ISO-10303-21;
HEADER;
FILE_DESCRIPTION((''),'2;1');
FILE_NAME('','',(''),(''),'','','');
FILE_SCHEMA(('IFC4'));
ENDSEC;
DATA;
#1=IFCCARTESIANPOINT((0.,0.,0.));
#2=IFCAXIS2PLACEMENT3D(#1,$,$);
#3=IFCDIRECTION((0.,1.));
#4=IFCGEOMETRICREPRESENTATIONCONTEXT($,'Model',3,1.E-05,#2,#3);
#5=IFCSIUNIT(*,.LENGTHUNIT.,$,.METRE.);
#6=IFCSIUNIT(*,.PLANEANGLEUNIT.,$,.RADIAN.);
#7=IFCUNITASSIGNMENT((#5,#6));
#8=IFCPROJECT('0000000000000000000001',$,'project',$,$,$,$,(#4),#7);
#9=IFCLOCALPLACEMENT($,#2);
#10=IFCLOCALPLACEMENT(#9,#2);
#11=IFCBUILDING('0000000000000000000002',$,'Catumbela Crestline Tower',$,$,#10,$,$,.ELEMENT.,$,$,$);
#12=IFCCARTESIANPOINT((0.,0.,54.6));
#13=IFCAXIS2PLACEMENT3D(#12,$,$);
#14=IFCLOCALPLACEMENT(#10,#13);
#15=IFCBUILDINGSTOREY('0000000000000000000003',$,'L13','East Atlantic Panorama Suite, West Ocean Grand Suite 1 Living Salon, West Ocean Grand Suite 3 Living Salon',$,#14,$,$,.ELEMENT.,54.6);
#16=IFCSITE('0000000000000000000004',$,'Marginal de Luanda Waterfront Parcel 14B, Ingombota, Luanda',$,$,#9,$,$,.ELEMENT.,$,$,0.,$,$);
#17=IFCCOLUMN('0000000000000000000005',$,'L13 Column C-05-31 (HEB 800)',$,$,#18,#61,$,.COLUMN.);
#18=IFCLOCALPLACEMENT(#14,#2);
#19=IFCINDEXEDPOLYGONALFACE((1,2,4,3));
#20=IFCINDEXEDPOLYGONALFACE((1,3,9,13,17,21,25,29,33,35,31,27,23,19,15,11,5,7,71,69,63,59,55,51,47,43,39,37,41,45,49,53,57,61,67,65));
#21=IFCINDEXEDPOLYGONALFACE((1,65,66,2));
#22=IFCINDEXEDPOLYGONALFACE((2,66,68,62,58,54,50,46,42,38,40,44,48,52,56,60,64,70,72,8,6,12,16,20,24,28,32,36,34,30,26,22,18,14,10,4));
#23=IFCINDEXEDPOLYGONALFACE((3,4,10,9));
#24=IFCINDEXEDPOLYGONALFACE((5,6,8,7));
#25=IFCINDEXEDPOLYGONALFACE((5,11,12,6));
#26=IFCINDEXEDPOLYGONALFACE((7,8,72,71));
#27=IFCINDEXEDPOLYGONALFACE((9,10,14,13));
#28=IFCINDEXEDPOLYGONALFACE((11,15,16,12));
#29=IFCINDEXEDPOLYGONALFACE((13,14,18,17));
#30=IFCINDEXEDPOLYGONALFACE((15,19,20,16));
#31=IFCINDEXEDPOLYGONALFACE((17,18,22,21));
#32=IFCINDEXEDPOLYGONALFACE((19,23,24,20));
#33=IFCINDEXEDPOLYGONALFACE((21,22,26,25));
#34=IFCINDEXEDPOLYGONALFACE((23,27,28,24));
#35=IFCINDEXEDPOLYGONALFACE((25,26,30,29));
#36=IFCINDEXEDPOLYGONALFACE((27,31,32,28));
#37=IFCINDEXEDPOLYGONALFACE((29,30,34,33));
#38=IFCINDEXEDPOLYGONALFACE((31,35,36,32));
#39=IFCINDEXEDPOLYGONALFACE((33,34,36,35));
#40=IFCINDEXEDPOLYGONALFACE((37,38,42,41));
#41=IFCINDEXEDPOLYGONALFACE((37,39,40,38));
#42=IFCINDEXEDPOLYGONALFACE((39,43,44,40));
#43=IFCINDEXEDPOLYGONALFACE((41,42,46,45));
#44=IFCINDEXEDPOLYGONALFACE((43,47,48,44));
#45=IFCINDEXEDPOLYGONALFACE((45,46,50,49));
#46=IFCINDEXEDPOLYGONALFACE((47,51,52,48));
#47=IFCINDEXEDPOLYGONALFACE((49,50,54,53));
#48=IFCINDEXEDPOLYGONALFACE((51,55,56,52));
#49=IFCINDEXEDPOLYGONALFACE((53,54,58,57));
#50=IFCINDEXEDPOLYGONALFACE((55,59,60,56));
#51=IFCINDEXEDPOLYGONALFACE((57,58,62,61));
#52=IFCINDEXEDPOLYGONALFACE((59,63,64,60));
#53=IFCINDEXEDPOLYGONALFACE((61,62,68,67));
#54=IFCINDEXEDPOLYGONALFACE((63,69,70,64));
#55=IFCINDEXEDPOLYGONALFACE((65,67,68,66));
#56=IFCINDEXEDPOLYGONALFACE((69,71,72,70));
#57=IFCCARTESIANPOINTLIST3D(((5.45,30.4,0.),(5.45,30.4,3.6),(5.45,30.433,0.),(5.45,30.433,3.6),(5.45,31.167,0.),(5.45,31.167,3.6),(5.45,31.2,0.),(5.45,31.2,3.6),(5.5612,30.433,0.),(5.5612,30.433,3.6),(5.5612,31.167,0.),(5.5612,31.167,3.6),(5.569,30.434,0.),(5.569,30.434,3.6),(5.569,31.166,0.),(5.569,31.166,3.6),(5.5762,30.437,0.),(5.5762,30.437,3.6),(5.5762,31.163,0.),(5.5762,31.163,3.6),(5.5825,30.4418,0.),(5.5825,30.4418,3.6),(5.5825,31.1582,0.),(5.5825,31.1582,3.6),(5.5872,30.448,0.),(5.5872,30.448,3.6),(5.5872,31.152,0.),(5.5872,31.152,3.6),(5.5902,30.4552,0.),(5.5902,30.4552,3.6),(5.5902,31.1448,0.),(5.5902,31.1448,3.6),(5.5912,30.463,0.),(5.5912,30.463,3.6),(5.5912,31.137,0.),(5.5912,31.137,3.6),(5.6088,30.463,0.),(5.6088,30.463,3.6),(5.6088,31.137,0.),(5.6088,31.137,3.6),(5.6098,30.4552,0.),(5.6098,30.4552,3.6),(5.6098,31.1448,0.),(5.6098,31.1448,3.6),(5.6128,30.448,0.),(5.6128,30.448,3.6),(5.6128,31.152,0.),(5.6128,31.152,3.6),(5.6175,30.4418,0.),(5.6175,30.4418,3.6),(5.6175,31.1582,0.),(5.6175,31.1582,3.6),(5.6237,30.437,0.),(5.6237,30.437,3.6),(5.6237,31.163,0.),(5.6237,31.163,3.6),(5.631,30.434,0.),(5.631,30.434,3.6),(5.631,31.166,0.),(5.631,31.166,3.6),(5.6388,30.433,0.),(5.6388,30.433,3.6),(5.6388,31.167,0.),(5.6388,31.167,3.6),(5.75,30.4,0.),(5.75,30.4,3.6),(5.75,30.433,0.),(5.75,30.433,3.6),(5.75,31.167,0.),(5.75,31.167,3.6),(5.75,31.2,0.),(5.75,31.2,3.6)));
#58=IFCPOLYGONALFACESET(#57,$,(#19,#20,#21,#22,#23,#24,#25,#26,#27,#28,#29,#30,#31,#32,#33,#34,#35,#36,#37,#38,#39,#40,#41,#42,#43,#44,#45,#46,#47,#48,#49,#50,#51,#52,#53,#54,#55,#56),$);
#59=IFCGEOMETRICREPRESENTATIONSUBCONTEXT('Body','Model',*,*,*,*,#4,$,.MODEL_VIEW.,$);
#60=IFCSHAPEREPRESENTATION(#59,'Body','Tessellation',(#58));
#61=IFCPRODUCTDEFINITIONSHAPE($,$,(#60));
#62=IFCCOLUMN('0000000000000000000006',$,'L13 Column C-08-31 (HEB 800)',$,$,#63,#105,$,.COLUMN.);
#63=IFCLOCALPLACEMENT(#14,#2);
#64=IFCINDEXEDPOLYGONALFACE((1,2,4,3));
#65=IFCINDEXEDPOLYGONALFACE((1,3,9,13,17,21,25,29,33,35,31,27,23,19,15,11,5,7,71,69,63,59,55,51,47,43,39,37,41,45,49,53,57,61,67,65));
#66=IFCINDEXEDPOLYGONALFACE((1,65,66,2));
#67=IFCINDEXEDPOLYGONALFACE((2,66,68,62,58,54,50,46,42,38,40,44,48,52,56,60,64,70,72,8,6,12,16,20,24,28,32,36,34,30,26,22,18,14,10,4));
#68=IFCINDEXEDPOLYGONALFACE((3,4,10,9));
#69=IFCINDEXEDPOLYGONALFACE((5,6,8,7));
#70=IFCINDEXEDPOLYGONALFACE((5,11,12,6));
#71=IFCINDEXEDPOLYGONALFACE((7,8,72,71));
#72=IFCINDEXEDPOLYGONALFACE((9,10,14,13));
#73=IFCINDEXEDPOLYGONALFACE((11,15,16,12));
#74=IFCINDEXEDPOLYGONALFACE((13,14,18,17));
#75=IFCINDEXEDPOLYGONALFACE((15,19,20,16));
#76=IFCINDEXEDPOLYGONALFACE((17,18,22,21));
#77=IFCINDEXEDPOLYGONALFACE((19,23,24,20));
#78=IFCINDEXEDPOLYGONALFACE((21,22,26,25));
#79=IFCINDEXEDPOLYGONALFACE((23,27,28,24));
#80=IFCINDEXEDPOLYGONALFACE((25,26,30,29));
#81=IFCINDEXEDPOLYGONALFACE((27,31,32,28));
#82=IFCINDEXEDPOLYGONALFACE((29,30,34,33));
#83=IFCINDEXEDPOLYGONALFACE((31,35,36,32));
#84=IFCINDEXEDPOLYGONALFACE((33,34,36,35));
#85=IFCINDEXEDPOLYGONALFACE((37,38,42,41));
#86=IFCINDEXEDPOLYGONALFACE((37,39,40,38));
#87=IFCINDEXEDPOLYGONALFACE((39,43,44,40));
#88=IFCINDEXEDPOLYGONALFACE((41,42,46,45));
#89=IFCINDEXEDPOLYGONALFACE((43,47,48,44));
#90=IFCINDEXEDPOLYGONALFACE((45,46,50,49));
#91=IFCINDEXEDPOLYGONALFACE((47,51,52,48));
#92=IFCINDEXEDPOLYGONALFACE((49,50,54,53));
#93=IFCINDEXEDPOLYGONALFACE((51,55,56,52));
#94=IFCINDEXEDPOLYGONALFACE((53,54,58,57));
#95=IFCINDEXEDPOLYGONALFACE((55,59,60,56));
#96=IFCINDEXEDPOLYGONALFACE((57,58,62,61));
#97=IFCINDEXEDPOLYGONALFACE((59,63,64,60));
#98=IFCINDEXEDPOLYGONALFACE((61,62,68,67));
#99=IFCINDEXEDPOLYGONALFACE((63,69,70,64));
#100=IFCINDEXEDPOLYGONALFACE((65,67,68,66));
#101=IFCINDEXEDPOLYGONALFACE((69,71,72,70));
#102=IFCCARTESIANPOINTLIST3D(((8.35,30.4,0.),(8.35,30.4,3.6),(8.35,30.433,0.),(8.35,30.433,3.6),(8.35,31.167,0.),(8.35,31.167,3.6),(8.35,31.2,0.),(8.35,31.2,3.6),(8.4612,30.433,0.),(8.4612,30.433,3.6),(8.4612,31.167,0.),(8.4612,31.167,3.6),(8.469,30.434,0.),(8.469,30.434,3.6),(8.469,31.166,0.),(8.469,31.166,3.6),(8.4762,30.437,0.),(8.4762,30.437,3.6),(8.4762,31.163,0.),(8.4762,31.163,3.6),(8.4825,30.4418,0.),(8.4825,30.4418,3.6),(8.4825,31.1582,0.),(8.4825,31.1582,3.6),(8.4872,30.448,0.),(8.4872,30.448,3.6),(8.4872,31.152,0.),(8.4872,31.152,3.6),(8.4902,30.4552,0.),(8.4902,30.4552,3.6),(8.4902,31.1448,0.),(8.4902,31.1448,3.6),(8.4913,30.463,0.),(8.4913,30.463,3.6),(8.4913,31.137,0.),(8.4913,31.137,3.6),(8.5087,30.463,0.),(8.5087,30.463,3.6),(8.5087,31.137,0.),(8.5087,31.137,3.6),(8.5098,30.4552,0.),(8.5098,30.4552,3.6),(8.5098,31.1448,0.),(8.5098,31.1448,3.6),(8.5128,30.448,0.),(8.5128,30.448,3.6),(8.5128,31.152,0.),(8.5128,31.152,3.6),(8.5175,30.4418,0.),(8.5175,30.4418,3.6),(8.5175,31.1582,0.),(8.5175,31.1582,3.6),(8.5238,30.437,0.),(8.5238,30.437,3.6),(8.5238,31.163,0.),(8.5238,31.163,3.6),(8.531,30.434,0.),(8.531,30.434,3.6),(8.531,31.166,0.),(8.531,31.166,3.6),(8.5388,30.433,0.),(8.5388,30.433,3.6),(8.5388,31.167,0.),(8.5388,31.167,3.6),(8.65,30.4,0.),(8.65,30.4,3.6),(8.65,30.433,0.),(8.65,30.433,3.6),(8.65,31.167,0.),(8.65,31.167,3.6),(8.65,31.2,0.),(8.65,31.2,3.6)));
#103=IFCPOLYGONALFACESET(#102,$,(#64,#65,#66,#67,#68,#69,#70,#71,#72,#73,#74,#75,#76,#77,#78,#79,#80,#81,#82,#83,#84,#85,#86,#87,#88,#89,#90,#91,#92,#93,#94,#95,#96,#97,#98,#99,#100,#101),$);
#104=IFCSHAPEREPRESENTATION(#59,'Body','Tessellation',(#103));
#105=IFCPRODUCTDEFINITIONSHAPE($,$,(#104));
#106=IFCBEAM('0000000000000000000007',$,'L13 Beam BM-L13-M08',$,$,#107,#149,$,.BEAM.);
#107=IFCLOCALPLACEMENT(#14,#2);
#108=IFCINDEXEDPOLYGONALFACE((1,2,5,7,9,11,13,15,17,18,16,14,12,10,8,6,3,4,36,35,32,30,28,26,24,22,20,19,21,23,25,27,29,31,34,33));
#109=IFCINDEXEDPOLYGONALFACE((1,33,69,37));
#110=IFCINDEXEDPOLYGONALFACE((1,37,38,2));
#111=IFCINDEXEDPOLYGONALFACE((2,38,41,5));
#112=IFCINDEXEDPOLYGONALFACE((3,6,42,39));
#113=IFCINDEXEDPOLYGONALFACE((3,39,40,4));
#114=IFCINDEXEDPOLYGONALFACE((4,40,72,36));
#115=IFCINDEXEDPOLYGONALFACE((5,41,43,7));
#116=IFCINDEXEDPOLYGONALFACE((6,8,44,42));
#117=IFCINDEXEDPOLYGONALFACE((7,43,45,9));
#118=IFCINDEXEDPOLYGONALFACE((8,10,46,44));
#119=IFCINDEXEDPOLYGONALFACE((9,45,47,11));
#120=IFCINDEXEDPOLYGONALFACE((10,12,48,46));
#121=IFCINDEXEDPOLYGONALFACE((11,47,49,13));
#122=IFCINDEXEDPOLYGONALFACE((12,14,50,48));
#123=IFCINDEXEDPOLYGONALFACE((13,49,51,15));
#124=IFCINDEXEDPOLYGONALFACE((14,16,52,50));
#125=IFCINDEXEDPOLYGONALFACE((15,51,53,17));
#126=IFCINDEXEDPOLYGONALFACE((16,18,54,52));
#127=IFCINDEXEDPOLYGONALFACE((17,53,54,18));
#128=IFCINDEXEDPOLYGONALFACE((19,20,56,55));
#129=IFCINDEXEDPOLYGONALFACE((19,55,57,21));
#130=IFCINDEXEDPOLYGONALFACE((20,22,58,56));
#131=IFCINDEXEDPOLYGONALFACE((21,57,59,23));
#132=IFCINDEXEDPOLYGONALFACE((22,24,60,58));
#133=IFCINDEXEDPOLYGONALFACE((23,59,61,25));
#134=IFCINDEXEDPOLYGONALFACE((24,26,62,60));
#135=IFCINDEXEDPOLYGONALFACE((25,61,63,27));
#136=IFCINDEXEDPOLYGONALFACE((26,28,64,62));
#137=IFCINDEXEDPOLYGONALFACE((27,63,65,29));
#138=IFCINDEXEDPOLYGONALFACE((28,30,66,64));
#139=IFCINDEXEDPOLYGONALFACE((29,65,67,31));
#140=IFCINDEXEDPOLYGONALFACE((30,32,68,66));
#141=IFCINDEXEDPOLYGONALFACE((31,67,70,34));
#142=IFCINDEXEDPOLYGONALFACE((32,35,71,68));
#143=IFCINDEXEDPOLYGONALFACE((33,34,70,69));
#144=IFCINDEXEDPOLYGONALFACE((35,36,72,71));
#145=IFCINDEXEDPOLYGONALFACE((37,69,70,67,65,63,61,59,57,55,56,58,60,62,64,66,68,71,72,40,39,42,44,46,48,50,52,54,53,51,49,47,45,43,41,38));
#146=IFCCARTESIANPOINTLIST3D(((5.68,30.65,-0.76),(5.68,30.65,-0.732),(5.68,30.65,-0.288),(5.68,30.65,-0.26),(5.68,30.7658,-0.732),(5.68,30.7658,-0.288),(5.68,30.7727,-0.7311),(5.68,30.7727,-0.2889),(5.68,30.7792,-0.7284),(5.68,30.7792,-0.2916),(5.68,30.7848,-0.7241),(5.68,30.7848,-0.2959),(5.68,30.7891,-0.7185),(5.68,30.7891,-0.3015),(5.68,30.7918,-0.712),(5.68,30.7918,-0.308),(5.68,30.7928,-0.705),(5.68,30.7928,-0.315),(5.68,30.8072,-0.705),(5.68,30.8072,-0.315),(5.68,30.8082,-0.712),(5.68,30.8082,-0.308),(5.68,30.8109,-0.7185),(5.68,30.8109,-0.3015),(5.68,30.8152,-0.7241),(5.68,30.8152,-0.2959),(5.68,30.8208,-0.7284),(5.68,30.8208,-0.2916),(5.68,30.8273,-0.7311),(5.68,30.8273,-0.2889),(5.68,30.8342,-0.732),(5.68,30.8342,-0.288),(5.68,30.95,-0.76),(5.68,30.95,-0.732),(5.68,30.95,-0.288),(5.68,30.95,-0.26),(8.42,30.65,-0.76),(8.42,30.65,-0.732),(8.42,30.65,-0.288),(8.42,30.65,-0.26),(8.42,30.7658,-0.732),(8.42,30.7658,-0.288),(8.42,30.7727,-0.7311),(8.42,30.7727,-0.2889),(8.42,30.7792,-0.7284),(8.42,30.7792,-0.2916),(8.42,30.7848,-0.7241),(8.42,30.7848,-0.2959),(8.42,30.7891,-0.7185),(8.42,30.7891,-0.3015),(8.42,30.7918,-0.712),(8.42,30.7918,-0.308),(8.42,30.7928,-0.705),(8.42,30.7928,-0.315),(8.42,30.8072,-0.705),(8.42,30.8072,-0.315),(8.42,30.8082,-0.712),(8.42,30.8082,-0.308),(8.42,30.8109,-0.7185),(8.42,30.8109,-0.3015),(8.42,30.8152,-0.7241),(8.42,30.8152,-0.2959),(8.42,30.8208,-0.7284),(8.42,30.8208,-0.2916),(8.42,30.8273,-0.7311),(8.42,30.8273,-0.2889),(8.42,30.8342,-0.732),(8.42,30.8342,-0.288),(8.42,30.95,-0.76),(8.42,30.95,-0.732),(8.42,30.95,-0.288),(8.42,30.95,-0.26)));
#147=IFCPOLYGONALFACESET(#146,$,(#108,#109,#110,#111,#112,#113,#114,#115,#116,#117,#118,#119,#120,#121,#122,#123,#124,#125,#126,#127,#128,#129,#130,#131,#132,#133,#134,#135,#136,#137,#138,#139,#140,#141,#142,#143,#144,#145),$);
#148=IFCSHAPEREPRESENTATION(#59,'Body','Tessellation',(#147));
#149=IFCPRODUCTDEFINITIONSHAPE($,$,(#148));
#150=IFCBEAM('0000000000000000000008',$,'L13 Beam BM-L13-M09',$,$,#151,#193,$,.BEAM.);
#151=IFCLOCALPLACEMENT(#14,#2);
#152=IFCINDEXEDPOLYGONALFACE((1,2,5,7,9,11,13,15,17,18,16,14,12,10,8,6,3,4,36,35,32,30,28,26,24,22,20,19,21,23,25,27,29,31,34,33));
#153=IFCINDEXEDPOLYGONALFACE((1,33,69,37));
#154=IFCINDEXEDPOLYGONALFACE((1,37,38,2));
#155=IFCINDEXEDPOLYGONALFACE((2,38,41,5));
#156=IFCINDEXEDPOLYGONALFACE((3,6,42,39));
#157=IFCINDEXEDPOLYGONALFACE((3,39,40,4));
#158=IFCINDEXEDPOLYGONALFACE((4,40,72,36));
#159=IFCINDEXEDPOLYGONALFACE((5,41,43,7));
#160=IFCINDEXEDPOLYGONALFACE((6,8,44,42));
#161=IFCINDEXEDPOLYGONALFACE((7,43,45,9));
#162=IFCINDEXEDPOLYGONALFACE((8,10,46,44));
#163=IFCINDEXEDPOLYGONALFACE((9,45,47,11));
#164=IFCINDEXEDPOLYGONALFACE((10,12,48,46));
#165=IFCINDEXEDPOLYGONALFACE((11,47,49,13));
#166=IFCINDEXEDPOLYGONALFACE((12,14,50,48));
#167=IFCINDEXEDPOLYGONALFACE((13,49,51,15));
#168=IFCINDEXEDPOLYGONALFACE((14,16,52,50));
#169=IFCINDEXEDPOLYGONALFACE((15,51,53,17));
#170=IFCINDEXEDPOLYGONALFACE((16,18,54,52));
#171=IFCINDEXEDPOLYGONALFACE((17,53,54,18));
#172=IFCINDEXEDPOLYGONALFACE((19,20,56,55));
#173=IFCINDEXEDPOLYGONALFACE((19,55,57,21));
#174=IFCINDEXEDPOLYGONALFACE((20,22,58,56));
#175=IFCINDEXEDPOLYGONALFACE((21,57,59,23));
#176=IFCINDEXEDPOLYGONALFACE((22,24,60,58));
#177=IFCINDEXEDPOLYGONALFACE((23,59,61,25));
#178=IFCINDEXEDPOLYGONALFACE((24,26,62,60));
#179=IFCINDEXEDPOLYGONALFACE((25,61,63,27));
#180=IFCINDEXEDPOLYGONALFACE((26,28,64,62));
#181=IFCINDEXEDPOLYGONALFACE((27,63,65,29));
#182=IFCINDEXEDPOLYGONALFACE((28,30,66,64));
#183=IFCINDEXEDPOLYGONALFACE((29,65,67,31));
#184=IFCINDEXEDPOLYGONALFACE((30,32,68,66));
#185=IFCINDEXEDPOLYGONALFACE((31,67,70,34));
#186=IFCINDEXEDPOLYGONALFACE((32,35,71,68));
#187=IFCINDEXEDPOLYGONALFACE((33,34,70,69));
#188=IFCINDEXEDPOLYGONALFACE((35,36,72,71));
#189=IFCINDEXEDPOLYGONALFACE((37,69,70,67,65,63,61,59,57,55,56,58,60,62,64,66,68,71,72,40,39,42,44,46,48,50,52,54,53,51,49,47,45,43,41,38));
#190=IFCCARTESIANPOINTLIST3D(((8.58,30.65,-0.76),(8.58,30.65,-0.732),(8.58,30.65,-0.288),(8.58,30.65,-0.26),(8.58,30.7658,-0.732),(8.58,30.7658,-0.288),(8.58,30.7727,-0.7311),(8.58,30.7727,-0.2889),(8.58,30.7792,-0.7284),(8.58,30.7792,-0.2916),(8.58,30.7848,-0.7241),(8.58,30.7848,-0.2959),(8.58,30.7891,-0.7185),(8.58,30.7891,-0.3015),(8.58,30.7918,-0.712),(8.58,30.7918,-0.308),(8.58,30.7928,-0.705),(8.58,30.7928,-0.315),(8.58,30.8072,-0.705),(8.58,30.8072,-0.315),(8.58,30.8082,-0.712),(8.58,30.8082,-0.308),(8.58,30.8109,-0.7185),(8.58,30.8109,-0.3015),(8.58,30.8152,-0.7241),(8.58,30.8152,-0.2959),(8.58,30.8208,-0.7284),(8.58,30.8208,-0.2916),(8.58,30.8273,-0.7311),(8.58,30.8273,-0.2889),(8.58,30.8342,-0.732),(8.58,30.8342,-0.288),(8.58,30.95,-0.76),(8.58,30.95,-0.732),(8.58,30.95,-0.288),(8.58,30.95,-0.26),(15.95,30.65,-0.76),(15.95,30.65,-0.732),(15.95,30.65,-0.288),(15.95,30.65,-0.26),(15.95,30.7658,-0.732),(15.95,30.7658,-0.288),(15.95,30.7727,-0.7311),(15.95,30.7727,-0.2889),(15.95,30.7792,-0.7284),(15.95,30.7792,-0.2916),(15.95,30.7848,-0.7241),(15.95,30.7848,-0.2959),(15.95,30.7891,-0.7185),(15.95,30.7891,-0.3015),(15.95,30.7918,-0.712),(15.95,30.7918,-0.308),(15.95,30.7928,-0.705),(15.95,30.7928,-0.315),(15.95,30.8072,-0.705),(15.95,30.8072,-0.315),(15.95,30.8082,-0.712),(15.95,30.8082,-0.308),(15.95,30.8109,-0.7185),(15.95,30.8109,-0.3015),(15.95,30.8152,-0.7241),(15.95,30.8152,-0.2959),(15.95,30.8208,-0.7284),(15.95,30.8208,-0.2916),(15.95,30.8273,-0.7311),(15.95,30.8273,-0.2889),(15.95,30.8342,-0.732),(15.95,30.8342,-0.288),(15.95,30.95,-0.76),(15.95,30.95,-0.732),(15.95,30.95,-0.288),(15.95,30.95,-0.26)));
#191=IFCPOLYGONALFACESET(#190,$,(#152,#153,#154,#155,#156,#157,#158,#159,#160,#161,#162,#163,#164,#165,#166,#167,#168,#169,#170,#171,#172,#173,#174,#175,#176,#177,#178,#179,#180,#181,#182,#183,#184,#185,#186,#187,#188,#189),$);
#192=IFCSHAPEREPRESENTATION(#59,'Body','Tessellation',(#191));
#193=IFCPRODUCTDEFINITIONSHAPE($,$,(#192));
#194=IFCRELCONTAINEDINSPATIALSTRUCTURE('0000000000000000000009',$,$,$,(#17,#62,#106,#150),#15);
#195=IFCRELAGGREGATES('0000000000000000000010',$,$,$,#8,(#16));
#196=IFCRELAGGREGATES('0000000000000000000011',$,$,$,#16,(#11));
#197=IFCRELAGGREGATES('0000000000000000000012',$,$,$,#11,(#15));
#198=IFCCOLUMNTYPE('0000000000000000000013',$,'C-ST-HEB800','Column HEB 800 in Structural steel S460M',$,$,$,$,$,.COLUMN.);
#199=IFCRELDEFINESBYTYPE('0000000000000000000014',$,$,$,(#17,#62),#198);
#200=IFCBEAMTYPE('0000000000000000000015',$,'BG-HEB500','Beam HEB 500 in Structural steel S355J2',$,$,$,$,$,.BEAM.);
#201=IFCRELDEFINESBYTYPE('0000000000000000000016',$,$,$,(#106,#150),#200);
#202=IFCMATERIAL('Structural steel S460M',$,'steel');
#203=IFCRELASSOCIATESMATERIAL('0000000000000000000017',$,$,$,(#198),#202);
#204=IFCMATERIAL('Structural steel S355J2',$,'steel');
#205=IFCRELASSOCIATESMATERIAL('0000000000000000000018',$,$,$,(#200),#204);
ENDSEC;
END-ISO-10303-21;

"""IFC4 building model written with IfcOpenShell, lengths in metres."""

from ifc_helpers import new_model, si_unit, direction, frame, origin, origin_2d, place, context, subcontext, project, spatial, i_section, extrude, material, material_profile, profile_set, type_object, element, save


model = new_model("IFC4")

# Units and contexts
model_context = context("Model", 3, precision=1e-05, world=origin(), true_north=direction((0.0, 1.0)))
body_context = subcontext(model_context, "Body", "Model", "MODEL_VIEW")
ifc_project = project(units=[si_unit("LENGTHUNIT", "METRE"), si_unit("PLANEANGLEUNIT", "RADIAN")], contexts=[model_context])

# Site, building, storey
site_placement = place(None, origin())
site = spatial("IfcSite", under=ifc_project, at=site_placement, Name="Marginal de Luanda Waterfront Parcel 14B, Ingombota, Luanda", CompositionType="ELEMENT", RefElevation=0.0)
building_placement = place(site_placement, origin())
building = spatial("IfcBuilding", under=site, at=building_placement, Name="Catumbela Crestline Tower", CompositionType="ELEMENT")
storey_placement = place(building_placement, frame((0.0, 0.0, 54.6)))
storey = spatial("IfcBuildingStorey", under=building, at=storey_placement, Name="L13", Description="East Atlantic Panorama Suite, West Ocean Grand Suite 1 Living Salon, West Ocean Grand Suite 3 Living Salon", CompositionType="ELEMENT", Elevation=54.6)

# Columns
ifc_material_1 = material(Name="Structural steel S460M", Category="steel")
ifc_material_profile_1 = material_profile(ifc_material_1, i_section(OverallWidth=0.3, OverallDepth=0.8, WebThickness=0.0175, FlangeThickness=0.033, FilletRadius=0.03, at=origin_2d()), Name="HEB 800")
ifc_profile_set_1 = profile_set([ifc_material_profile_1], Name="Structural steel S460M")
column_type = type_object("IfcColumnType", Name="C-ST-HEB800", Description="Column HEB 800 in Structural steel S460M", PredefinedType="COLUMN", material=ifc_profile_set_1)
for number, where, z_axis, x_axis, name in (
    (1, (5.6, 30.8, 0.0), (0.0, 0.0, 1.0), (1.0, 0.0, 0.0), "L13 Column C-05-31 (HEB 800)"),
    (2, (8.5, 30.8, 0.0), (0.0, 0.0, 1.0), (1.0, 0.0, 0.0), "L13 Column C-08-31 (HEB 800)"),
):
    element("IfcColumn", number, at=place(storey_placement, frame(where, z_axis=z_axis, x_axis=x_axis)), inside=storey, type_object=column_type, Name=name, PredefinedType="COLUMN", context=body_context, shape_type="SweptSolid", body=[
        extrude(i_section(OverallWidth=0.3, OverallDepth=0.8, WebThickness=0.0175, FlangeThickness=0.033, FilletRadius=0.03, at=origin_2d()), origin(), (0.0, 0.0, 1.0), 3.6),
    ])

# Beams
ifc_material_2 = material(Name="Structural steel S355J2", Category="steel")
ifc_material_profile_2 = material_profile(ifc_material_2, i_section(OverallWidth=0.3, OverallDepth=0.5, WebThickness=0.0145, FlangeThickness=0.028, FilletRadius=0.027, at=origin_2d()), Name="HEB 500")
ifc_profile_set_2 = profile_set([ifc_material_profile_2], Name="Structural steel S355J2")
beam_type = type_object("IfcBeamType", Name="BG-HEB500", Description="Beam HEB 500 in Structural steel S355J2", PredefinedType="BEAM", material=ifc_profile_set_2)
beam_1_placement = place(storey_placement, frame((5.68, 30.8, -0.51), z_axis=(1.0, 0.0, 0.0), x_axis=(0.0, 1.0, 0.0)))
element("IfcBeam", 3, at=beam_1_placement, inside=storey, type_object=beam_type, Name="L13 Beam BM-L13-M08", PredefinedType="BEAM", context=body_context, shape_type="SweptSolid", body=[
    extrude(i_section(OverallWidth=0.3, OverallDepth=0.5, WebThickness=0.0145, FlangeThickness=0.028, FilletRadius=0.027, at=origin_2d()), origin(), (0.0, 0.0, 1.0), 2.74),
])
beam_2_placement = place(storey_placement, frame((8.58, 30.8, -0.51), z_axis=(1.0, 0.0, 0.0), x_axis=(0.0, 1.0, 0.0)))
element("IfcBeam", 4, at=beam_2_placement, inside=storey, type_object=beam_type, Name="L13 Beam BM-L13-M09", PredefinedType="BEAM", context=body_context, shape_type="SweptSolid", body=[
    extrude(i_section(OverallWidth=0.3, OverallDepth=0.5, WebThickness=0.0145, FlangeThickness=0.028, FilletRadius=0.027, at=origin_2d()), origin(), (0.0, 0.0, 1.0), 7.37),
])

save(model, "model.ifc")
